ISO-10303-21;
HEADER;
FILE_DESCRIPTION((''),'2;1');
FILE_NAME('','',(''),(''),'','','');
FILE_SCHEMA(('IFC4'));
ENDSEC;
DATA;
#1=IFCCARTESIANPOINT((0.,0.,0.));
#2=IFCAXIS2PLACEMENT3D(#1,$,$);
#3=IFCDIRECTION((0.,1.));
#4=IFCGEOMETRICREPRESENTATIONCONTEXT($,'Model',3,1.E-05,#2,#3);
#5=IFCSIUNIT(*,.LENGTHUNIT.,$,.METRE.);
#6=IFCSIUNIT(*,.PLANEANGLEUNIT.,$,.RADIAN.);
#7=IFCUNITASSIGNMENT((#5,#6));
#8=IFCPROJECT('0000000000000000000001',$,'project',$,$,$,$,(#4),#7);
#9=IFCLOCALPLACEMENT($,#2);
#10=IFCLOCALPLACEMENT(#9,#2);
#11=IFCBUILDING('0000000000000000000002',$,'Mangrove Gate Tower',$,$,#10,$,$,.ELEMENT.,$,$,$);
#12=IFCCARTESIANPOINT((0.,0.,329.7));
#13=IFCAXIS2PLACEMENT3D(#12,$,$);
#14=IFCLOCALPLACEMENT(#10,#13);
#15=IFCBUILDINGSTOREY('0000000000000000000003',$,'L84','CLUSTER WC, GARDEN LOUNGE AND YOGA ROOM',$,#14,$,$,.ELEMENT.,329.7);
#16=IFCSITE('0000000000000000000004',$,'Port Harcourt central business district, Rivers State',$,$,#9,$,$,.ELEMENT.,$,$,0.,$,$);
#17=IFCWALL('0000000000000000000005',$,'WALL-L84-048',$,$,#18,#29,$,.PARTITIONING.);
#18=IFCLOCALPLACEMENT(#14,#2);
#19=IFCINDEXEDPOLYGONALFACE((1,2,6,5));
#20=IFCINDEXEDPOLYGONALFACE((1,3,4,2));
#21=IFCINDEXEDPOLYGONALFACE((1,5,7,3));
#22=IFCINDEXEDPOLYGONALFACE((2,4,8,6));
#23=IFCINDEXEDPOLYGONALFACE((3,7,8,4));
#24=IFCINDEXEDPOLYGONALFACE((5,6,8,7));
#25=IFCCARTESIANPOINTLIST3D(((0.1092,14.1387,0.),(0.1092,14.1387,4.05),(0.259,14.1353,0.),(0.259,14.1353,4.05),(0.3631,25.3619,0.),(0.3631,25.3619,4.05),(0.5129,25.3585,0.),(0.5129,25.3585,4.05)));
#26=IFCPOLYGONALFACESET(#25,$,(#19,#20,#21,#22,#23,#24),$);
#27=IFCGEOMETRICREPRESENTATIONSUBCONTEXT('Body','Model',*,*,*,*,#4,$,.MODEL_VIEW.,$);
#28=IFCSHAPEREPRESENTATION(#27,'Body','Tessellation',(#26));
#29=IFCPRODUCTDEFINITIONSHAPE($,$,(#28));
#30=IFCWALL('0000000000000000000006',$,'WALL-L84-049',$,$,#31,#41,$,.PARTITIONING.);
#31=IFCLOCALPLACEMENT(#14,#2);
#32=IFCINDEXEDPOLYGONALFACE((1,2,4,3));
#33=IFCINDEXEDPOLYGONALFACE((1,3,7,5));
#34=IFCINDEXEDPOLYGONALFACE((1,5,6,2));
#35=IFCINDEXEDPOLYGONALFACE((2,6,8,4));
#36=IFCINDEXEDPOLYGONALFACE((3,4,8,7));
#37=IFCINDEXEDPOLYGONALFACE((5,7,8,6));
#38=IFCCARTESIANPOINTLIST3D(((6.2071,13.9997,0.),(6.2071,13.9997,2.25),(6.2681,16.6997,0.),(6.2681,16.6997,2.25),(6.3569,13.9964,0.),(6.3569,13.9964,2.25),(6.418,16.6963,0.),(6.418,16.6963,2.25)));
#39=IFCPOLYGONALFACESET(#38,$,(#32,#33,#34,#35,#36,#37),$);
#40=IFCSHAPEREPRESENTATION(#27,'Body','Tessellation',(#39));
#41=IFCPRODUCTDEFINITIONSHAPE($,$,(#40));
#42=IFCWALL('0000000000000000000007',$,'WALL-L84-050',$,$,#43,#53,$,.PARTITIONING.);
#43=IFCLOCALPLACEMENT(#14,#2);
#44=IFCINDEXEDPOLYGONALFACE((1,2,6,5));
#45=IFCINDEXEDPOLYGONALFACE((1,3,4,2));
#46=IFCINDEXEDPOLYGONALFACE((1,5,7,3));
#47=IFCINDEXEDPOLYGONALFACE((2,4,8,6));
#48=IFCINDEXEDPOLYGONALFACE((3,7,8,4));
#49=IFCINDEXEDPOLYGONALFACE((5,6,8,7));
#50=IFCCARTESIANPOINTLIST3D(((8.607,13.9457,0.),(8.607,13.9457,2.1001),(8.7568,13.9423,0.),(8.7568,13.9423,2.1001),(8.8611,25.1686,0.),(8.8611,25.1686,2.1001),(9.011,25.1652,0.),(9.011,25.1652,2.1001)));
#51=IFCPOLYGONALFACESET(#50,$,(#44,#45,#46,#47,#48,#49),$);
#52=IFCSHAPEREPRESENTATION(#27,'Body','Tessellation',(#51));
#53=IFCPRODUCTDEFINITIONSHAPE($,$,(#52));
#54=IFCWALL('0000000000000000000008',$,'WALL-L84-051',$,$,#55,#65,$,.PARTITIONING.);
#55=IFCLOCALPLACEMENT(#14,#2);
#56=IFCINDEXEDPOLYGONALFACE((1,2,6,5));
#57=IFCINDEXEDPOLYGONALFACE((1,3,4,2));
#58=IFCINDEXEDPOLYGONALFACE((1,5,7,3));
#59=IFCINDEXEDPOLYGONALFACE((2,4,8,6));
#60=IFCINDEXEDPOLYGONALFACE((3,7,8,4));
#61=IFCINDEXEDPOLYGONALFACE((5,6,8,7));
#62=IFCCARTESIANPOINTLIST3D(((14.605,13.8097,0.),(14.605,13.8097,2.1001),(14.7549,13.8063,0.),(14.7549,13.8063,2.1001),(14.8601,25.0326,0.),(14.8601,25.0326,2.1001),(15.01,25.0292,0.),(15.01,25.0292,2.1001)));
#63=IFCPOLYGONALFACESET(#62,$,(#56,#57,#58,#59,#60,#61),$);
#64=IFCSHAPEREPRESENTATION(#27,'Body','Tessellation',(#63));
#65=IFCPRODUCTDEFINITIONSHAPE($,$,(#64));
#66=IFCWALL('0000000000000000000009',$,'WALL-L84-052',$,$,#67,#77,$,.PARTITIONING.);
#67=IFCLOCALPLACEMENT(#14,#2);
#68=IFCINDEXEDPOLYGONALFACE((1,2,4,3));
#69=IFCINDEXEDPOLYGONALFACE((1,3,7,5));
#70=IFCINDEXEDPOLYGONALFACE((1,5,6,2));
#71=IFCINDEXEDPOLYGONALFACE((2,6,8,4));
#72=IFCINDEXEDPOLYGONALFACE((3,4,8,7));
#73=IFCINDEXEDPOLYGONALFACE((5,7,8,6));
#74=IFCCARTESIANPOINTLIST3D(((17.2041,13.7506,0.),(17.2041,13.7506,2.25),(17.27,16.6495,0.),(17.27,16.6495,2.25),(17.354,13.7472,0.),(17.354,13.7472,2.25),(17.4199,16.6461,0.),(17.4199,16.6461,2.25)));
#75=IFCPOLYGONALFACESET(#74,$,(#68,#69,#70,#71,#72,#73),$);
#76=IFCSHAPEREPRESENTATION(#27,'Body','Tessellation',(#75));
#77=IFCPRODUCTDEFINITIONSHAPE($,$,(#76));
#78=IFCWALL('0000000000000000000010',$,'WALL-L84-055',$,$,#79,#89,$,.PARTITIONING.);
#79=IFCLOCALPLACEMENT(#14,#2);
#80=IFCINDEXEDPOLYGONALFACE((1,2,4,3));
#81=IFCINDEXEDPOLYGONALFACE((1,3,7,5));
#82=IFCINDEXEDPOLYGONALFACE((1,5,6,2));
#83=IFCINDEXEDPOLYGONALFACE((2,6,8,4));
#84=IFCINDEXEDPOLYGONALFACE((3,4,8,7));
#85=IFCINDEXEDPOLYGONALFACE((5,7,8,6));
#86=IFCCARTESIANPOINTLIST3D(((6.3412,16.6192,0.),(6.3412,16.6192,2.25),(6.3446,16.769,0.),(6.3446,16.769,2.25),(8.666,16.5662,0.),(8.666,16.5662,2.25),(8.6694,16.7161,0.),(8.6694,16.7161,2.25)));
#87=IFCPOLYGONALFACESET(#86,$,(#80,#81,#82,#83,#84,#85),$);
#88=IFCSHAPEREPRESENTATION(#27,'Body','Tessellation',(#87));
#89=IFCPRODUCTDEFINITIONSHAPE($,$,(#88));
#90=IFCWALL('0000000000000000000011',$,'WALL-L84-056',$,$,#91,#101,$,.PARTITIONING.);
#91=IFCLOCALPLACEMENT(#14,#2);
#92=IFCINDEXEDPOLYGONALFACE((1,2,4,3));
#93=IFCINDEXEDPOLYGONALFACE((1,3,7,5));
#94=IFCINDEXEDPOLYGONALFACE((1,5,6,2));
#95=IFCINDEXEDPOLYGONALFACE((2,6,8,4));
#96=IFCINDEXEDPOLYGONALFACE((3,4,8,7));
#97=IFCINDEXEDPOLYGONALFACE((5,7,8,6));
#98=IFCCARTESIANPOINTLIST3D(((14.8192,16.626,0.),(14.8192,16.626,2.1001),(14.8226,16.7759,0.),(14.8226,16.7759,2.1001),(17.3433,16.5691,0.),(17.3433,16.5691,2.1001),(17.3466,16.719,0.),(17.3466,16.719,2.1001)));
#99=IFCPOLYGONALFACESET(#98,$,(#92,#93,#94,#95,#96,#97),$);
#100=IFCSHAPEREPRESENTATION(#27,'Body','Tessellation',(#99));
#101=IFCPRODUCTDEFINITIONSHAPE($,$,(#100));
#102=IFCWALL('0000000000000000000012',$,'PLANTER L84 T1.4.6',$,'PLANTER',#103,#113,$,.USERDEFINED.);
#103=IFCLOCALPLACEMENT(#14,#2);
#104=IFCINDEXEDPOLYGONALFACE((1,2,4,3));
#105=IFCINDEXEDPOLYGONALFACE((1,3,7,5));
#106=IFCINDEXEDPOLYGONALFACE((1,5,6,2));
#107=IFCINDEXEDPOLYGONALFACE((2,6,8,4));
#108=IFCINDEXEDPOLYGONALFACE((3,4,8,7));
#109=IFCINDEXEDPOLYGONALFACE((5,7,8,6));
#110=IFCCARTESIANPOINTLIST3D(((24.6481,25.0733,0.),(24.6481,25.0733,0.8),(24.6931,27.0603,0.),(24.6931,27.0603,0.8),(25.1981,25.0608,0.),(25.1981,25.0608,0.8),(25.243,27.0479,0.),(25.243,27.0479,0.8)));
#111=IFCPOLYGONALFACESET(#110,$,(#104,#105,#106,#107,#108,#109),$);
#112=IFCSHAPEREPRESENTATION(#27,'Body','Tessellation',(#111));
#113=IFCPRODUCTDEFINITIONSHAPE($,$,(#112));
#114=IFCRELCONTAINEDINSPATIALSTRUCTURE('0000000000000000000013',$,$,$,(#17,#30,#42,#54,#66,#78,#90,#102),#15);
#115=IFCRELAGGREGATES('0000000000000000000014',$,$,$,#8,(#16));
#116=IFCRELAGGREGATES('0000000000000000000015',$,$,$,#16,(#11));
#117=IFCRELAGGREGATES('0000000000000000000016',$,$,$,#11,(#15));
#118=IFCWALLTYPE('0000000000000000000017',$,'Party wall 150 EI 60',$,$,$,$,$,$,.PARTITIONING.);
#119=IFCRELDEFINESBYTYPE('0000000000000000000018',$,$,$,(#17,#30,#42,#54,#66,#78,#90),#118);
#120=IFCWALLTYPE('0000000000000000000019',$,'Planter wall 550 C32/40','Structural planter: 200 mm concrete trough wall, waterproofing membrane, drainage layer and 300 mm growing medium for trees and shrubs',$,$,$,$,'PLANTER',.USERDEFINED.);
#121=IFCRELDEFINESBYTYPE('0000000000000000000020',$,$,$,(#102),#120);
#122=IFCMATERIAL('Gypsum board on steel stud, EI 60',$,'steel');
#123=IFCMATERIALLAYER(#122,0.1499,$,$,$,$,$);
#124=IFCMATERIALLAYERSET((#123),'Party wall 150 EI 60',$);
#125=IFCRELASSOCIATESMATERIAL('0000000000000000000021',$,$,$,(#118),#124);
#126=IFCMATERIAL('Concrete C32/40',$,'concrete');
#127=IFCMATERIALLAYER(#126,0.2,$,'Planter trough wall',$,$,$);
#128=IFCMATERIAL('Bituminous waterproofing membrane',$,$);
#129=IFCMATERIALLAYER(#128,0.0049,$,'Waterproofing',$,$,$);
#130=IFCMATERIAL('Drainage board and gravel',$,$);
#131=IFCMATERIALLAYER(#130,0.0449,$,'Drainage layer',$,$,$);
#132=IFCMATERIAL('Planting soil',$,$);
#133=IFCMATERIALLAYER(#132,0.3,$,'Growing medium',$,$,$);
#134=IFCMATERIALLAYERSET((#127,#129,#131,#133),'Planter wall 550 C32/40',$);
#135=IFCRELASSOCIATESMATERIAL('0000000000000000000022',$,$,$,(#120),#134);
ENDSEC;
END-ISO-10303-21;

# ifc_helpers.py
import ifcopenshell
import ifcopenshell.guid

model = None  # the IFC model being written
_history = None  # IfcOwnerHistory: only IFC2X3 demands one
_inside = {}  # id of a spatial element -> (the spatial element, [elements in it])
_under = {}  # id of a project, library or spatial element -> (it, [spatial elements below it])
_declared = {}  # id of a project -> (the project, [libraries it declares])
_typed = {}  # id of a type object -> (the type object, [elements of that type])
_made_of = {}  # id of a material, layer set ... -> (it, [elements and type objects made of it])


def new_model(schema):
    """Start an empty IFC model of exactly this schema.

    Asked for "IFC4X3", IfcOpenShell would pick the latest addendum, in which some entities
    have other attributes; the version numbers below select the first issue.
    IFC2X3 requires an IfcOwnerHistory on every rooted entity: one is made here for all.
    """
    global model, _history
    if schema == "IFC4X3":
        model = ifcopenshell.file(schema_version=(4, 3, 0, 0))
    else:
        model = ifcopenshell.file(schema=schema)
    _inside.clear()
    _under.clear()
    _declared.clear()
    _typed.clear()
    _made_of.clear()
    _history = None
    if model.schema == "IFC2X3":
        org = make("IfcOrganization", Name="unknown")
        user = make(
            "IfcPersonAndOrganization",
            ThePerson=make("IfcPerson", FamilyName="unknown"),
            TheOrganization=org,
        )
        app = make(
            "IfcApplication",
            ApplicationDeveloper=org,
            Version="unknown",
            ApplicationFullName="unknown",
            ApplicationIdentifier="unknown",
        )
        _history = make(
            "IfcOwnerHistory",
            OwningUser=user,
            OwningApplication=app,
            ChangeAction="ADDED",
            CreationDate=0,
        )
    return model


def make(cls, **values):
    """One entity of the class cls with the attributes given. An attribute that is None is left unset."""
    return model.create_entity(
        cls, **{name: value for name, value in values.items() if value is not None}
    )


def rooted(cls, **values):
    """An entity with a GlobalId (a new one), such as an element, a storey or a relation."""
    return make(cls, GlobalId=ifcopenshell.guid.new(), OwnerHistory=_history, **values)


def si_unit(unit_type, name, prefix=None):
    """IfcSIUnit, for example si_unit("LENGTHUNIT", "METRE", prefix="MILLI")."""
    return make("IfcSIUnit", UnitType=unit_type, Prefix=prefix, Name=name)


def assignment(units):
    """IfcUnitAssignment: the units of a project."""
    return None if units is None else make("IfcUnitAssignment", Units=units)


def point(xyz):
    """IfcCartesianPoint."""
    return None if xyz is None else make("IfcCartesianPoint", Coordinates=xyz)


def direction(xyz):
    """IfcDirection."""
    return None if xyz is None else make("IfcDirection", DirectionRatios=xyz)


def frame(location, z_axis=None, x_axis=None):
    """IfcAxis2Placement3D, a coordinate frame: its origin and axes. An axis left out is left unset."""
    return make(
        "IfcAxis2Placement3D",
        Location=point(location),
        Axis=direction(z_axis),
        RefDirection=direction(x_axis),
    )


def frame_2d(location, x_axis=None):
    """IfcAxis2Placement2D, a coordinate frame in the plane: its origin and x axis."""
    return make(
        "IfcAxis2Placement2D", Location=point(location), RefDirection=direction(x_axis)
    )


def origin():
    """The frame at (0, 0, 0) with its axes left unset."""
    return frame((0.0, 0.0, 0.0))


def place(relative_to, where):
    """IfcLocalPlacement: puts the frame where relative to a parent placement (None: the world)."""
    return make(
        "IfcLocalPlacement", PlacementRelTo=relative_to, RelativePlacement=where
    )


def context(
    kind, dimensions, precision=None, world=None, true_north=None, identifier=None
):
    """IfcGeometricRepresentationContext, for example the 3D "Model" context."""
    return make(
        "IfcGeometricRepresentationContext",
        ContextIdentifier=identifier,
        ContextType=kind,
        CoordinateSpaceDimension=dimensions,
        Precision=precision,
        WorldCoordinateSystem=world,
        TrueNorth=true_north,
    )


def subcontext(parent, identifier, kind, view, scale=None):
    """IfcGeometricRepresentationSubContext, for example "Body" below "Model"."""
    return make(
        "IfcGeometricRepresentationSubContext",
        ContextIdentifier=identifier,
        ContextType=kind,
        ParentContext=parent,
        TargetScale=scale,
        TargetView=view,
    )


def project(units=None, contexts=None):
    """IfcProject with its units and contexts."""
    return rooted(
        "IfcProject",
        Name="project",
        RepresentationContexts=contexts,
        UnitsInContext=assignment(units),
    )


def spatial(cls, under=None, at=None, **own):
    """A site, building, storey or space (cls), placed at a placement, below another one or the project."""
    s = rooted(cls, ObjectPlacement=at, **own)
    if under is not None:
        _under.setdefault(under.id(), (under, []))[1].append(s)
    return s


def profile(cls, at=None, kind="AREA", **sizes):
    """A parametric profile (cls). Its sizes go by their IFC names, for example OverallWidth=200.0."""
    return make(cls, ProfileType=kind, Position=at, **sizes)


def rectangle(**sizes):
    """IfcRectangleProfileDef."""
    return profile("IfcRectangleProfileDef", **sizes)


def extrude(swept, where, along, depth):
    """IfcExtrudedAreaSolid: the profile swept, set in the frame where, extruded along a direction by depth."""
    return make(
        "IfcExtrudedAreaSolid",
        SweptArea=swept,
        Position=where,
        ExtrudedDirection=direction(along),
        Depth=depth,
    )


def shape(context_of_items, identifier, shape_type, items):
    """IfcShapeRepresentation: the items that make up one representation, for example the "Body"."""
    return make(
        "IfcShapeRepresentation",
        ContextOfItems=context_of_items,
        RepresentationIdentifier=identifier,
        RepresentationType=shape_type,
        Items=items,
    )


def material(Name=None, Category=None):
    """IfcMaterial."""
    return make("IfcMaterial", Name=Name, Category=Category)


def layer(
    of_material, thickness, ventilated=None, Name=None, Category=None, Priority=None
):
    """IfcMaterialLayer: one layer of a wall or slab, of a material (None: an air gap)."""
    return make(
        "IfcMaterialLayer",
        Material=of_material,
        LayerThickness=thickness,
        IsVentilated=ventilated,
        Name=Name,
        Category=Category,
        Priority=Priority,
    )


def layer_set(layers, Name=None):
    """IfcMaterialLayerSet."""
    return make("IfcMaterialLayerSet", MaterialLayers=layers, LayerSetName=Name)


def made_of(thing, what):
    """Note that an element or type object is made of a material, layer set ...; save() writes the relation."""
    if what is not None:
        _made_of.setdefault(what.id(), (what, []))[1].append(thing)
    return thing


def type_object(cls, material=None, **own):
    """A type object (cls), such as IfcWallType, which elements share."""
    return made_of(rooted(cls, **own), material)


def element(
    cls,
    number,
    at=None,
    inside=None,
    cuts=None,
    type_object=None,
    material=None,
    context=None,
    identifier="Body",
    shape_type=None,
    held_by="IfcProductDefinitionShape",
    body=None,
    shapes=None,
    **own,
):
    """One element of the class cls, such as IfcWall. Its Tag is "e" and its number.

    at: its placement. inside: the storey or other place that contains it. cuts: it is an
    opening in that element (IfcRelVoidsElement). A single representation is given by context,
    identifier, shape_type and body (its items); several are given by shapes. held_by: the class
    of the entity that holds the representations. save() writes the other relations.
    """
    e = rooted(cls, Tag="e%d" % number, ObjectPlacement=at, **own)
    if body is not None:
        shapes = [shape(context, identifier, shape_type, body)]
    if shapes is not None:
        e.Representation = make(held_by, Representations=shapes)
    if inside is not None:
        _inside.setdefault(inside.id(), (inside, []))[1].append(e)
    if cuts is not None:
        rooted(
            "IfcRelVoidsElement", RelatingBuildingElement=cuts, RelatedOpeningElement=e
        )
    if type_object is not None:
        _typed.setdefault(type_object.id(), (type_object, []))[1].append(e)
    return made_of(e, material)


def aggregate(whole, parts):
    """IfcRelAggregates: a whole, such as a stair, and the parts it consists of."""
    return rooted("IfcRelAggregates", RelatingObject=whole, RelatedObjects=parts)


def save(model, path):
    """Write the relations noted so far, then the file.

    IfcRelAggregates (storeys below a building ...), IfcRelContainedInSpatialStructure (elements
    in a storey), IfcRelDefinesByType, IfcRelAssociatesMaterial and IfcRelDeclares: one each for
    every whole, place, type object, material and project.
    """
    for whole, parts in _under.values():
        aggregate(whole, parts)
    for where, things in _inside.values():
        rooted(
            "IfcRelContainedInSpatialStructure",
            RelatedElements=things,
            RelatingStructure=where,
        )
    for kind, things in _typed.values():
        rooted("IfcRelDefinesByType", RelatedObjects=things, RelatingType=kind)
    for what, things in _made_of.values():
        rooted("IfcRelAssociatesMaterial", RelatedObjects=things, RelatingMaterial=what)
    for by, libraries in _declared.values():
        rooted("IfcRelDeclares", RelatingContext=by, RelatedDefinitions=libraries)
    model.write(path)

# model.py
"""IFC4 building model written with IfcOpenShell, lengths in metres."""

from ifc_helpers import new_model, si_unit, direction, frame, frame_2d, origin, place, context, subcontext, project, spatial, rectangle, extrude, material, layer, layer_set, type_object, element, save


model = new_model("IFC4")

# Units and contexts
model_context = context("Model", 3, precision=1e-05, world=origin(), true_north=direction((0.0, 1.0)))
body_context = subcontext(model_context, "Body", "Model", "MODEL_VIEW")
ifc_project = project(units=[si_unit("LENGTHUNIT", "METRE"), si_unit("PLANEANGLEUNIT", "RADIAN")], contexts=[model_context])

# Site, building, storey
site_placement = place(None, origin())
site = spatial("IfcSite", under=ifc_project, at=site_placement, Name="Port Harcourt central business district, Rivers State", CompositionType="ELEMENT", RefElevation=0.0)
building_placement = place(site_placement, origin())
building = spatial("IfcBuilding", under=site, at=building_placement, Name="Mangrove Gate Tower", CompositionType="ELEMENT")
storey_placement = place(building_placement, frame((0.0, 0.0, 329.7)))
storey = spatial("IfcBuildingStorey", under=building, at=storey_placement, Name="L84", Description="CLUSTER WC, GARDEN LOUNGE AND YOGA ROOM", CompositionType="ELEMENT", Elevation=329.7)

# Walls
ifc_material_1 = material(Name="Gypsum board on steel stud, EI 60", Category="steel")
ifc_layer_1 = layer(ifc_material_1, 0.1499)
ifc_layer_set_1 = layer_set([ifc_layer_1], Name="Party wall 150 EI 60")
wall_type_1 = type_object("IfcWallType", Name="Party wall 150 EI 60", PredefinedType="PARTITIONING", material=ifc_layer_set_1)
wall_1_placement = place(storey_placement, frame((0.1841, 14.137, 0.0), z_axis=(0.0, 0.0, 1.0), x_axis=(0.022618, 0.999744, 0.0)))
element("IfcWall", 1, at=wall_1_placement, inside=storey, type_object=wall_type_1, Name="WALL-L84-048", PredefinedType="PARTITIONING", context=body_context, shape_type="SweptSolid", body=[
    extrude(rectangle(XDim=11.2261, YDim=0.1499, at=frame_2d((5.613, 0.0))), origin(), (0.0, 0.0, 1.0), 4.05),
])
wall_2_placement = place(storey_placement, frame((6.282, 13.998, 0.0), z_axis=(0.0, 0.0, 1.0), x_axis=(0.0226, 0.999745, 0.0)))
element("IfcWall", 2, at=wall_2_placement, inside=storey, type_object=wall_type_1, Name="WALL-L84-049", PredefinedType="PARTITIONING", context=body_context, shape_type="SweptSolid", body=[
    extrude(rectangle(XDim=2.7007, YDim=0.1499, at=frame_2d((1.3503, 0.0))), origin(), (0.0, 0.0, 1.0), 2.25),
])
for number, where, z_axis, x_axis, name in (
    (3, (8.6819, 13.9441, 0.0), (0.0, 0.0, 1.0), (0.02264, 0.999744, 0.0), "WALL-L84-050"),
    (4, (14.6799, 13.8081, 0.0), (0.0, 0.0, 1.0), (0.022727, 0.999742, 0.0), "WALL-L84-051"),
):
    element("IfcWall", number, at=place(storey_placement, frame(where, z_axis=z_axis, x_axis=x_axis)), inside=storey, type_object=wall_type_1, Name=name, PredefinedType="PARTITIONING", context=body_context, shape_type="SweptSolid", body=[
        extrude(rectangle(XDim=11.2258, YDim=0.1499, at=frame_2d((5.6128, 0.0))), origin(), (0.0, 0.0, 1.0), 2.1001),
    ])
wall_3_placement = place(storey_placement, frame((17.2791, 13.749, 0.0), z_axis=(0.0, 0.0, 1.0), x_axis=(0.022733, 0.999742, 0.0)))
element("IfcWall", 5, at=wall_3_placement, inside=storey, type_object=wall_type_1, Name="WALL-L84-052", PredefinedType="PARTITIONING", context=body_context, shape_type="SweptSolid", body=[
    extrude(rectangle(XDim=2.8997, YDim=0.1499, at=frame_2d((1.4497, 0.0))), origin(), (0.0, 0.0, 1.0), 2.25),
])
wall_4_placement = place(storey_placement, frame((6.343, 16.6941, 0.0), z_axis=(0.0, 0.0, 1.0), x_axis=(0.99974, -0.022781, 0.0)))
element("IfcWall", 6, at=wall_4_placement, inside=storey, type_object=wall_type_1, Name="WALL-L84-055", PredefinedType="PARTITIONING", context=body_context, shape_type="SweptSolid", body=[
    extrude(rectangle(XDim=2.3254, YDim=0.1499, at=frame_2d((1.1626, 0.0))), origin(), (0.0, 0.0, 1.0), 2.25),
])
wall_5_placement = place(storey_placement, frame((14.821, 16.7009, 0.0), z_axis=(0.0, 0.0, 1.0), x_axis=(0.999746, -0.022532, 0.0)))
element("IfcWall", 7, at=wall_5_placement, inside=storey, type_object=wall_type_1, Name="WALL-L84-056", PredefinedType="PARTITIONING", context=body_context, shape_type="SweptSolid", body=[
    extrude(rectangle(XDim=2.5247, YDim=0.1499, at=frame_2d((1.2622, 0.0))), origin(), (0.0, 0.0, 1.0), 2.1001),
])
ifc_material_2 = material(Name="Concrete C32/40", Category="concrete")
ifc_layer_2 = layer(ifc_material_2, 0.2, Name="Planter trough wall")
ifc_material_3 = material(Name="Bituminous waterproofing membrane")
ifc_layer_3 = layer(ifc_material_3, 0.0049, Name="Waterproofing")
ifc_material_4 = material(Name="Drainage board and gravel")
ifc_layer_4 = layer(ifc_material_4, 0.0449, Name="Drainage layer")
ifc_material_5 = material(Name="Planting soil")
ifc_layer_5 = layer(ifc_material_5, 0.3, Name="Growing medium")
ifc_layer_set_2 = layer_set([ifc_layer_2, ifc_layer_3, ifc_layer_4, ifc_layer_5], Name="Planter wall 550 C32/40")
wall_type_2 = type_object("IfcWallType", Name="Planter wall 550 C32/40", Description="Structural planter: 200 mm concrete trough wall, waterproofing membrane, drainage layer and 300 mm growing medium for trees and shrubs", ElementType="PLANTER", PredefinedType="USERDEFINED", material=ifc_layer_set_2)
wall_6_placement = place(storey_placement, frame((24.968, 27.054, 0.0), z_axis=(0.0, 0.0, 1.0), x_axis=(-0.022601, -0.999745, 0.0)))
element("IfcWall", 8, at=wall_6_placement, inside=storey, type_object=wall_type_2, Name="PLANTER L84 T1.4.6", ObjectType="PLANTER", PredefinedType="USERDEFINED", context=body_context, shape_type="SweptSolid", body=[
    extrude(rectangle(XDim=1.9875, YDim=0.55, at=frame_2d((0.9937, 0.0))), origin(), (0.0, 0.0, 1.0), 0.8),
])

save(model, "model.ifc")
